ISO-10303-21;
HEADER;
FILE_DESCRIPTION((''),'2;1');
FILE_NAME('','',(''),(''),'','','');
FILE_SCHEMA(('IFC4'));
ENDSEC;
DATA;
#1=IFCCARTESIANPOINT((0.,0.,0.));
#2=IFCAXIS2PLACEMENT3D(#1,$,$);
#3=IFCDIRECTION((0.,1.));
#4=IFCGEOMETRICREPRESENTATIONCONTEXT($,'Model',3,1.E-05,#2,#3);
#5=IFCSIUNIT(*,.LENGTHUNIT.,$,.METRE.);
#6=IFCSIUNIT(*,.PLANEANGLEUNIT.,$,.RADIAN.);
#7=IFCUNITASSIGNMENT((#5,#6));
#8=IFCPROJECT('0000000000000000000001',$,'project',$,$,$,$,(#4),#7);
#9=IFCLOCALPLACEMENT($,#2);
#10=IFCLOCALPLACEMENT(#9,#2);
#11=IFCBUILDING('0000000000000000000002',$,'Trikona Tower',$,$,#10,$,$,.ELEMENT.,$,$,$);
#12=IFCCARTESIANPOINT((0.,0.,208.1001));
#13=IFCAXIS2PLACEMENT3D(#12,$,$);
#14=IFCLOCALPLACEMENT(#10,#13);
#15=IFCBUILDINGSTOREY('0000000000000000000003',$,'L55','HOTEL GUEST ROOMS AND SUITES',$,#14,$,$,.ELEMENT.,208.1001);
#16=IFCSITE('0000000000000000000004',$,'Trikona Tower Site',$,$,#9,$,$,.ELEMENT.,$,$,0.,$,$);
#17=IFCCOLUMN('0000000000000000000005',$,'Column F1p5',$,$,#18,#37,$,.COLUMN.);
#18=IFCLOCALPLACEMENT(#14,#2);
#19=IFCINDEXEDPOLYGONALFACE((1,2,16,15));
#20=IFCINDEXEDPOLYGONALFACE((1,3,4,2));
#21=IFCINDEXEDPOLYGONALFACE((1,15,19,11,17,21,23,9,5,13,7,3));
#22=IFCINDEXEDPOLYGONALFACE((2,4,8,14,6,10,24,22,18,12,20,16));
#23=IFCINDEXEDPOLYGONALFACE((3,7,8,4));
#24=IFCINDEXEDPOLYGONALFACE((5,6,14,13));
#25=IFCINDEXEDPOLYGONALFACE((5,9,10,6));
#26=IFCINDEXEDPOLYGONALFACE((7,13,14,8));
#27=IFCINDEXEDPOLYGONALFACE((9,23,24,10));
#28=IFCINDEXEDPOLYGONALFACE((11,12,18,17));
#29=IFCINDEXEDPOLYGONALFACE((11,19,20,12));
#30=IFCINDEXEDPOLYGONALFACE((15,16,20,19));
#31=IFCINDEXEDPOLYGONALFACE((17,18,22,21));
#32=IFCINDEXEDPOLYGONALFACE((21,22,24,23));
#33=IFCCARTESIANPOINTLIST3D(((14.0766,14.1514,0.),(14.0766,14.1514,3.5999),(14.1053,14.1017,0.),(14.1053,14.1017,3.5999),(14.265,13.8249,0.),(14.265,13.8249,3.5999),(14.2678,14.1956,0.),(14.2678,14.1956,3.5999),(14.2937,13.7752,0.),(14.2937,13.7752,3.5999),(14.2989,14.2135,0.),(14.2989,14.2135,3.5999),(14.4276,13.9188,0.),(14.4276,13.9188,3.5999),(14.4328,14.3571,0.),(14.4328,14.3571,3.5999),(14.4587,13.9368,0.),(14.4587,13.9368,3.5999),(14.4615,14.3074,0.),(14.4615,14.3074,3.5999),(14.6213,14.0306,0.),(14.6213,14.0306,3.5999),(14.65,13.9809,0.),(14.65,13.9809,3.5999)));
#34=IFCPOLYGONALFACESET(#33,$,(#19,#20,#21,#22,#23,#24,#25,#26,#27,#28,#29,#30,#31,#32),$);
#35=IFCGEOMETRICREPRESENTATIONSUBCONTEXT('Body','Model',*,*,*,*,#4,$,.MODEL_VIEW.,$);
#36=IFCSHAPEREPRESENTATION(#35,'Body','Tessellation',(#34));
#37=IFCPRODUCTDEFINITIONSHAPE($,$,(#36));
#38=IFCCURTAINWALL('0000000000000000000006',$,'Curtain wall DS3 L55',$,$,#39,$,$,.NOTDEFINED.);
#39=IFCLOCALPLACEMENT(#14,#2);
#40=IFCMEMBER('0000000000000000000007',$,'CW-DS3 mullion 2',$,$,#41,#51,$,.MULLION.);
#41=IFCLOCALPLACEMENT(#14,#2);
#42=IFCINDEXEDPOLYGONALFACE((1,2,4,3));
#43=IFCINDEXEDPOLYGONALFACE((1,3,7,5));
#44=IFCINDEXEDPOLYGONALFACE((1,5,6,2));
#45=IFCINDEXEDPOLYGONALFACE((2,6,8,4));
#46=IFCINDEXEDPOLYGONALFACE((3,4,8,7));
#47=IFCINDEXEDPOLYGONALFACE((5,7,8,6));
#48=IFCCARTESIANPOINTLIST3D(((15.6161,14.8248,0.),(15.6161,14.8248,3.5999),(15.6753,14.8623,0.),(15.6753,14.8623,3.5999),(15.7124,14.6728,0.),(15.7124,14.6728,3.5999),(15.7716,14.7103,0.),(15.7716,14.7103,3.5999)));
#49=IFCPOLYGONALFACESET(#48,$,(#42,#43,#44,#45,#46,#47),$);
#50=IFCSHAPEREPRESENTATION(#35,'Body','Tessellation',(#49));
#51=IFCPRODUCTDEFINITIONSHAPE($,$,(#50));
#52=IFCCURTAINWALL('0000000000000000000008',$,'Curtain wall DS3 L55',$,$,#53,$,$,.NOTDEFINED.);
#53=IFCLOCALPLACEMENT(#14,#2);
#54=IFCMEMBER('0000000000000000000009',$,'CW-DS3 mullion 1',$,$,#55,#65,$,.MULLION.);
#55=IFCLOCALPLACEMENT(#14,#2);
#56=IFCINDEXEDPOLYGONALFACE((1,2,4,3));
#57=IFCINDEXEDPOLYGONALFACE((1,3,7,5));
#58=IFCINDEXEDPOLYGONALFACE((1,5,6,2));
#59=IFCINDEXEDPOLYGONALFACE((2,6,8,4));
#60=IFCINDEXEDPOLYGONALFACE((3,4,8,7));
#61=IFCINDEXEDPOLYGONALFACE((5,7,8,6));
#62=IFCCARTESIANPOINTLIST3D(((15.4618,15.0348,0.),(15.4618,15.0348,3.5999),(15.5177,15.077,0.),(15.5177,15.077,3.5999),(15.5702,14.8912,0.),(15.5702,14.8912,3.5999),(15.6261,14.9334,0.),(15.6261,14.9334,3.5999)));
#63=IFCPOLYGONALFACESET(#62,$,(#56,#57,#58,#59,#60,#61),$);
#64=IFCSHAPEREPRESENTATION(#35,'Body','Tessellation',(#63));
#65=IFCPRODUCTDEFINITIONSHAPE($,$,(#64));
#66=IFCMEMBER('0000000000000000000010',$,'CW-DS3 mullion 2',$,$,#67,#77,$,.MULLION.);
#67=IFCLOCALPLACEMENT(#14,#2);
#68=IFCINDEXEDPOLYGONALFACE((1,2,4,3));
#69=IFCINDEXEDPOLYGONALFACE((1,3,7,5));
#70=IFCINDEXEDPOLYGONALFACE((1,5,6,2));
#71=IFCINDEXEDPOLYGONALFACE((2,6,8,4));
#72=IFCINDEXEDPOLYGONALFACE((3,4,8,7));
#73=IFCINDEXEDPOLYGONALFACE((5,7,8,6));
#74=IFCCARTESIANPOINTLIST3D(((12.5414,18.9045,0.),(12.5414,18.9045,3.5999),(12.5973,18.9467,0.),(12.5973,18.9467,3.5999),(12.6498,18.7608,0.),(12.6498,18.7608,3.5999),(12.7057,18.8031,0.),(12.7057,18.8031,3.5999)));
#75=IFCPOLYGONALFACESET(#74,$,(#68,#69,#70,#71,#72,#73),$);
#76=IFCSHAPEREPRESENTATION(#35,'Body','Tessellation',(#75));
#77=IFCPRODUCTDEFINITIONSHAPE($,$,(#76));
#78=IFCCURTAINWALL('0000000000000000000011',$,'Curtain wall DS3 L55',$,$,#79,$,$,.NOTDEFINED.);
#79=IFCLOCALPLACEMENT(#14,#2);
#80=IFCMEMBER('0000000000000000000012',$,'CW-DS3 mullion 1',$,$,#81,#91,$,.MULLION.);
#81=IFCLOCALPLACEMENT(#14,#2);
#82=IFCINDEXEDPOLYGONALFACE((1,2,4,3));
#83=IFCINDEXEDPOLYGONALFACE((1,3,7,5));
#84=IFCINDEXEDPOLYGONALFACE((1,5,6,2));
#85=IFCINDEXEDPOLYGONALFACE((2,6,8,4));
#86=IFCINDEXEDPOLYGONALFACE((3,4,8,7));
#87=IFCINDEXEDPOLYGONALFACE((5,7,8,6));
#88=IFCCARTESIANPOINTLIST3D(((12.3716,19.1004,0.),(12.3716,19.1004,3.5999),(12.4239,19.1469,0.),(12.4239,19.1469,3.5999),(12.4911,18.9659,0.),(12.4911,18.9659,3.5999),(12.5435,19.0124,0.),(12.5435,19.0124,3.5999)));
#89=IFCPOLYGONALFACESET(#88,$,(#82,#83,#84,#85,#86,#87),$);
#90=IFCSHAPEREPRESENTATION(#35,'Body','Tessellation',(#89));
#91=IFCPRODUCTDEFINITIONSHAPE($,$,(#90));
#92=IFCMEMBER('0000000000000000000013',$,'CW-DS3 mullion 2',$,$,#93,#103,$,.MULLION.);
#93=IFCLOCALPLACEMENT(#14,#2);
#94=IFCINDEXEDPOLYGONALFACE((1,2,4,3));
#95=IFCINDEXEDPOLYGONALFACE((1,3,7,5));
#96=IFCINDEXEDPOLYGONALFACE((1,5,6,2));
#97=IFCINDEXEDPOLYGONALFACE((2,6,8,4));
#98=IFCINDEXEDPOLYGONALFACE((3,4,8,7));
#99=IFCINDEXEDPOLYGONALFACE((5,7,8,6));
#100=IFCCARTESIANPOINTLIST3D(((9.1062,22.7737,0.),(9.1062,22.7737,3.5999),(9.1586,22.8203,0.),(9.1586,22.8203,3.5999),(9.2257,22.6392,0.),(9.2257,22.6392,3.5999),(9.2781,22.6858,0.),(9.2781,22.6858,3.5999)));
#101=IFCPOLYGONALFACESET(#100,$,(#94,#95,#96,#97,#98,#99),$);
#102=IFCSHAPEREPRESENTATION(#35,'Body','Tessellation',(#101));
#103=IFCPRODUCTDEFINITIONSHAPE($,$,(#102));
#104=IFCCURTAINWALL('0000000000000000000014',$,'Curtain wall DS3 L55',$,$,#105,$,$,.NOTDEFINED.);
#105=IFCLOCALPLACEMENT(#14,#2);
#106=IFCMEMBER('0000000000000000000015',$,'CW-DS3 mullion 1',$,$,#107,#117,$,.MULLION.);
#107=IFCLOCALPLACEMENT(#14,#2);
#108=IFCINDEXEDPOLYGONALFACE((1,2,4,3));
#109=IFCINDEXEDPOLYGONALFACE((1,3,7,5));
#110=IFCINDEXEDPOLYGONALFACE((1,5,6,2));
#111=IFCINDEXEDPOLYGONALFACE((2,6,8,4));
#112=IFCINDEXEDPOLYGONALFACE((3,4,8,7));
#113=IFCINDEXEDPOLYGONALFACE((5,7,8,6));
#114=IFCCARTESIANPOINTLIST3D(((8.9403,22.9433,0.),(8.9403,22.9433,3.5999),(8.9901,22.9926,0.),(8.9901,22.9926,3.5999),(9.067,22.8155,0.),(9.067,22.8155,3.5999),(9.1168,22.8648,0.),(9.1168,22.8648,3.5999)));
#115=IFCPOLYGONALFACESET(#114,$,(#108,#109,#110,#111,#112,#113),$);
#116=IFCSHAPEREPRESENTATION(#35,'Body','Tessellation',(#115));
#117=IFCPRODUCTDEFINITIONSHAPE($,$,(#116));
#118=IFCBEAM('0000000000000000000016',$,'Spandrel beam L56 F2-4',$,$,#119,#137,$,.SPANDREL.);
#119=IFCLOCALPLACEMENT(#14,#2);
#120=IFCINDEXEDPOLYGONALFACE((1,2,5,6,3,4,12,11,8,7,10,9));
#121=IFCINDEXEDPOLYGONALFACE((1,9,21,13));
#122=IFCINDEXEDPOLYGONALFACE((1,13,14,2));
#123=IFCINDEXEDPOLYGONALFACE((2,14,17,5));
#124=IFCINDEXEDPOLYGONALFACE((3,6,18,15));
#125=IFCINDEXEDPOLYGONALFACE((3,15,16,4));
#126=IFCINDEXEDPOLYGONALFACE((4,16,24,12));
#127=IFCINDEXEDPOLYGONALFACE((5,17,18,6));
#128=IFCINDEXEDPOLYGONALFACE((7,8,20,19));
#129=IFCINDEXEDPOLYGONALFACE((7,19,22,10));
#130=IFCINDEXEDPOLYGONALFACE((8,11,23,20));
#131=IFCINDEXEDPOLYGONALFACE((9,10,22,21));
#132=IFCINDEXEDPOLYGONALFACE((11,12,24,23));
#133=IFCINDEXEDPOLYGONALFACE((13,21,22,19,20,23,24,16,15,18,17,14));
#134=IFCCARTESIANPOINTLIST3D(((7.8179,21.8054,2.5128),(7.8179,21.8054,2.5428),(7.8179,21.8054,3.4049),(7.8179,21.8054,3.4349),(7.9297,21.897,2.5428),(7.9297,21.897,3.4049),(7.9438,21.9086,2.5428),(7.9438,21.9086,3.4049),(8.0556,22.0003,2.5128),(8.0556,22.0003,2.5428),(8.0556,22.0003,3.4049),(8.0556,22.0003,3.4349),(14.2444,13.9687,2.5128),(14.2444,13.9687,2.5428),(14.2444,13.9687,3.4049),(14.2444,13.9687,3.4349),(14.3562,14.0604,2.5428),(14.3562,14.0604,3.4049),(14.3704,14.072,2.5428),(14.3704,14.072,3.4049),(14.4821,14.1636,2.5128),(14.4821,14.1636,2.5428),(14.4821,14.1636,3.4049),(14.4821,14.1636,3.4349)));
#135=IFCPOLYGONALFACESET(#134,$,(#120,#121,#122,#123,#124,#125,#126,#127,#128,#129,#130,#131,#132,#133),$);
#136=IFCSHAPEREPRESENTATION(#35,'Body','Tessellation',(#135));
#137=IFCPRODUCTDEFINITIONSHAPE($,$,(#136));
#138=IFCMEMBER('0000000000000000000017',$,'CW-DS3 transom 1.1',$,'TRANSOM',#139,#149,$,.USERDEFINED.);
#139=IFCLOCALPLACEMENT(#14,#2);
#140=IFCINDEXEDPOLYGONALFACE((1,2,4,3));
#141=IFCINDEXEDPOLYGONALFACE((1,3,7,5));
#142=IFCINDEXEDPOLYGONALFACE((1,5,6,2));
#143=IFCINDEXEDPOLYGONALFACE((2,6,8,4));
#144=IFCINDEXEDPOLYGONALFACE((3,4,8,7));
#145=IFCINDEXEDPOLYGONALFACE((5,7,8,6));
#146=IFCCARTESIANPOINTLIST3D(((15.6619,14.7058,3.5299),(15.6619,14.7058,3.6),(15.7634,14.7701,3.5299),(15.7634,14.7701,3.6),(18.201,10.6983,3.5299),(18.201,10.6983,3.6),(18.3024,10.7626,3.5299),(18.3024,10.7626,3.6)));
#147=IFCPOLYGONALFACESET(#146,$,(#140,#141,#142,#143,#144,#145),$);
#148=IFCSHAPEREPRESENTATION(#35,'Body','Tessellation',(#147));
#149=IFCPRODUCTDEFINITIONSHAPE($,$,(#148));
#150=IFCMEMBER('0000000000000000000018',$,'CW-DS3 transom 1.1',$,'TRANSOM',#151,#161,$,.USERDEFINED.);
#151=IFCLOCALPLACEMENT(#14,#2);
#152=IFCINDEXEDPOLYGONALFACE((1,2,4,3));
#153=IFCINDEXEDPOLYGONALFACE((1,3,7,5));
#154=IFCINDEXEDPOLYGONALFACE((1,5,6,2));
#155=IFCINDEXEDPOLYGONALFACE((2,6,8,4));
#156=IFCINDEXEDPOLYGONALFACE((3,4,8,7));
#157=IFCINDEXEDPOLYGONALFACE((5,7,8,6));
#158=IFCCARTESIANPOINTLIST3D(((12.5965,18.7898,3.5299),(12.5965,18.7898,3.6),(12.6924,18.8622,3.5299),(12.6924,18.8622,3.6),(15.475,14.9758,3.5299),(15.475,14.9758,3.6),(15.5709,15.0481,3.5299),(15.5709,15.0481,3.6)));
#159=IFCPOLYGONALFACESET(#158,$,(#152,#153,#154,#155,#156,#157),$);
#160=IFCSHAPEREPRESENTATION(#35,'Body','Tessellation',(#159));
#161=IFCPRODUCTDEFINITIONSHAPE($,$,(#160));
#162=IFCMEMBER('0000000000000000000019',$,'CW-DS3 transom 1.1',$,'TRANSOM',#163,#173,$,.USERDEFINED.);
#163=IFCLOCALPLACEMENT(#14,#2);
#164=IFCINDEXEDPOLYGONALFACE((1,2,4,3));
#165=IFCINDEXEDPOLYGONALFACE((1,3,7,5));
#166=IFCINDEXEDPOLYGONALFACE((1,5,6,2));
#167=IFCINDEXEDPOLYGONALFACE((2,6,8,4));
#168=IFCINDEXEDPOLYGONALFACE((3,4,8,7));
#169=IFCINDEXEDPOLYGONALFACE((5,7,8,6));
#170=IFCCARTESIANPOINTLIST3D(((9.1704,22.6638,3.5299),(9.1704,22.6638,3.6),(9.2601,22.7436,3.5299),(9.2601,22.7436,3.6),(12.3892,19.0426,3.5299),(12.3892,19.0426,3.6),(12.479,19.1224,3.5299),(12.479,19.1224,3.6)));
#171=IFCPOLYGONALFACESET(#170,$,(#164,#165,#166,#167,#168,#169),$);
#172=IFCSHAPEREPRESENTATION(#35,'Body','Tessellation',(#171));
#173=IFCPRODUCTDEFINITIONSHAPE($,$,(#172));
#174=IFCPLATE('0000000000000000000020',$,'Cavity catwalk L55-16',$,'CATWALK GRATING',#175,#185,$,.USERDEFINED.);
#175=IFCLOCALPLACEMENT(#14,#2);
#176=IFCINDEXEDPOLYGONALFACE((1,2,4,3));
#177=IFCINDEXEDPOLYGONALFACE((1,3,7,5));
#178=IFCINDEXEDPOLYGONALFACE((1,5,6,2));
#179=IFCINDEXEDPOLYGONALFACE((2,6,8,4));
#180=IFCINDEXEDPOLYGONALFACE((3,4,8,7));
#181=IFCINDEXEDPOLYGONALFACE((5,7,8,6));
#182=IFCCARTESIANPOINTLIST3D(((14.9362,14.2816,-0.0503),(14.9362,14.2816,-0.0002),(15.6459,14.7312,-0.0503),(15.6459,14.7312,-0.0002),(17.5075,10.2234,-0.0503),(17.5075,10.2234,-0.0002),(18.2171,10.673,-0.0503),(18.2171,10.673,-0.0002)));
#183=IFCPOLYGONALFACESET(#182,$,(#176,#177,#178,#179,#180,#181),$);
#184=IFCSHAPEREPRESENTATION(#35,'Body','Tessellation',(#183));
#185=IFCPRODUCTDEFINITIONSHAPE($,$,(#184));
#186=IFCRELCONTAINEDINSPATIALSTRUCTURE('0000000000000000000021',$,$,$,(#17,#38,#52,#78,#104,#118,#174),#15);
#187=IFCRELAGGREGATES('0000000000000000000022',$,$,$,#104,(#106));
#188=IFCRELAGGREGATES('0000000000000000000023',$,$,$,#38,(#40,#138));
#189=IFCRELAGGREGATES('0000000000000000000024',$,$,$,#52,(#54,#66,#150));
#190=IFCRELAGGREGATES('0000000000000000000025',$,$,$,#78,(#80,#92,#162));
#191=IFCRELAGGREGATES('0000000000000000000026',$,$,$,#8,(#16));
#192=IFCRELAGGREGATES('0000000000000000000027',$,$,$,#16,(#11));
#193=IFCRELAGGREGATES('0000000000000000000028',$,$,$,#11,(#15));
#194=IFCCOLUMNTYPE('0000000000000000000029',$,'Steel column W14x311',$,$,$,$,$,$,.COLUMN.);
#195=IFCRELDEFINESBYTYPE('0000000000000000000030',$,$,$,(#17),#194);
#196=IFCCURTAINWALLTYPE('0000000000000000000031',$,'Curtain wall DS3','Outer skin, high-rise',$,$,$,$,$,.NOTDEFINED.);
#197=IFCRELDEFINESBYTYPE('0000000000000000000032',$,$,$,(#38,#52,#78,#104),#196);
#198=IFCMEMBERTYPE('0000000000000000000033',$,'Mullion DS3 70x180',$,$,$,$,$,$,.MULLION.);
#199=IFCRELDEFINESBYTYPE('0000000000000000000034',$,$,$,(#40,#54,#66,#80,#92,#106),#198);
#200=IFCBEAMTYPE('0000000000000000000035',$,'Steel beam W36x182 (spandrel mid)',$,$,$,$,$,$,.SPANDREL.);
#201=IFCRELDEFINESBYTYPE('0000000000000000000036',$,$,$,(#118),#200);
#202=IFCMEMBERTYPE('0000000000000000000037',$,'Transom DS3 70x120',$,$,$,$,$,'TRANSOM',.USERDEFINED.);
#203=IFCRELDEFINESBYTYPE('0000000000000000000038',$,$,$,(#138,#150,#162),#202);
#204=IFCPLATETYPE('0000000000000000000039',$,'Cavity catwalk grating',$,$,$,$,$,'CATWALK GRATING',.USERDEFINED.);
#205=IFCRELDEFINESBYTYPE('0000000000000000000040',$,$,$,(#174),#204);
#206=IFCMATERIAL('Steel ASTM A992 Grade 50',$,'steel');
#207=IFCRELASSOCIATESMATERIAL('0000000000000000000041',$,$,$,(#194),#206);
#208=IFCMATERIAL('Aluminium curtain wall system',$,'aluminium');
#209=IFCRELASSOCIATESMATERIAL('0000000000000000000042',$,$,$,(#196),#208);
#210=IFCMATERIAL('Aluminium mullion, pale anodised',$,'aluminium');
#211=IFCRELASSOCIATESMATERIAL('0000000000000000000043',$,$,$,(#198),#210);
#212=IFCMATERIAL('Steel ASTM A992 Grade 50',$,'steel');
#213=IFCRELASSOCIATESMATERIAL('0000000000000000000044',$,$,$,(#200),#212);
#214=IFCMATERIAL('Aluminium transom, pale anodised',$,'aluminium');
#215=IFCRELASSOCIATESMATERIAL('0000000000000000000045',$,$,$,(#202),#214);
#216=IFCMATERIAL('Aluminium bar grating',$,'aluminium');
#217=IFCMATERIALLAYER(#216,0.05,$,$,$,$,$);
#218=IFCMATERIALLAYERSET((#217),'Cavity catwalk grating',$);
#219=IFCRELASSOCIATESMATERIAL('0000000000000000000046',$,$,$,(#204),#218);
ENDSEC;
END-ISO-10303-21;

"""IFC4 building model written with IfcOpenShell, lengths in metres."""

from ifc_helpers import new_model, si_unit, direction, frame, origin, origin_2d, place, context, subcontext, project, spatial, rectangle, i_section, extrude, material, layer, layer_set, material_profile, profile_set, type_object, element, aggregate, save


model = new_model("IFC4")

# Units and contexts
model_context = context("Model", 3, precision=1e-05, world=origin(), true_north=direction((0.0, 1.0)))
body_context = subcontext(model_context, "Body", "Model", "MODEL_VIEW")
ifc_project = project(units=[si_unit("LENGTHUNIT", "METRE"), si_unit("PLANEANGLEUNIT", "RADIAN")], contexts=[model_context])

# Site, building, storey
site_placement = place(None, origin())
site = spatial("IfcSite", under=ifc_project, at=site_placement, Name="Trikona Tower Site", CompositionType="ELEMENT", RefElevation=0.0)
building_placement = place(site_placement, origin())
building = spatial("IfcBuilding", under=site, at=building_placement, Name="Trikona Tower", CompositionType="ELEMENT")
storey_placement = place(building_placement, frame((0.0, 0.0, 208.1001)))
storey = spatial("IfcBuildingStorey", under=building, at=storey_placement, Name="L55", Description="HOTEL GUEST ROOMS AND SUITES", CompositionType="ELEMENT", Elevation=208.1001)

# Column
ifc_material_1 = material(Name="Steel ASTM A992 Grade 50", Category="steel")
ifc_material_profile_1 = material_profile(ifc_material_1, i_section(OverallWidth=0.4114, OverallDepth=0.4343, WebThickness=0.0359, FlangeThickness=0.0574, at=origin_2d()), Name="W14X311")
ifc_profile_set_1 = profile_set([ifc_material_profile_1], Name="Steel ASTM A992 Grade 50")
column_type = type_object("IfcColumnType", Name="Steel column W14x311", PredefinedType="COLUMN", material=ifc_profile_set_1)
column_placement = place(storey_placement, frame((14.3633, 14.0662, 0.0), z_axis=(0.0, 0.0, 1.0), x_axis=(0.866025, 0.5, 0.0)))
element("IfcColumn", 1, at=column_placement, inside=storey, type_object=column_type, Name="Column F1p5", PredefinedType="COLUMN", context=body_context, shape_type="SweptSolid", body=[
    extrude(i_section(OverallWidth=0.4114, OverallDepth=0.4343, WebThickness=0.0359, FlangeThickness=0.0574, at=origin_2d()), origin(), (0.0, 0.0, 1.0), 3.5999),
])

# Curtain wall, member
ifc_material_2 = material(Name="Aluminium curtain wall system", Category="aluminium")
curtain_wall_type = type_object("IfcCurtainWallType", Name="Curtain wall DS3", Description="Outer skin, high-rise", PredefinedType="NOTDEFINED", material=ifc_material_2)
curtain_wall_1_placement = place(storey_placement, origin())
curtain_wall_1 = element("IfcCurtainWall", 2, at=curtain_wall_1_placement, inside=storey, type_object=curtain_wall_type, Name="Curtain wall DS3 L55", PredefinedType="NOTDEFINED")
ifc_material_3 = material(Name="Aluminium mullion, pale anodised", Category="aluminium")
ifc_material_profile_2 = material_profile(ifc_material_3, rectangle(XDim=0.0701, YDim=0.1799, at=origin_2d()), Name="MUL-DS3")
ifc_profile_set_2 = profile_set([ifc_material_profile_2], Name="Aluminium mullion, pale anodised")
member_type_1 = type_object("IfcMemberType", Name="Mullion DS3 70x180", PredefinedType="MULLION", material=ifc_profile_set_2)
member_1_placement = place(storey_placement, frame((15.6938, 14.7676, 0.0), z_axis=(0.0, 0.0, 1.0), x_axis=(-0.844727, -0.535197, 0.0)))
member_1 = element("IfcMember", 3, at=member_1_placement, type_object=member_type_1, Name="CW-DS3 mullion 2", PredefinedType="MULLION", context=body_context, shape_type="SweptSolid", body=[
    extrude(rectangle(XDim=0.0701, YDim=0.1799, at=origin_2d()), origin(), (0.0, 0.0, 1.0), 3.5999),
])

# Curtain walls, members
curtain_wall_2_placement = place(storey_placement, origin())
curtain_wall_2 = element("IfcCurtainWall", 4, at=curtain_wall_2_placement, inside=storey, type_object=curtain_wall_type, Name="Curtain wall DS3 L55", PredefinedType="NOTDEFINED")
member_2_placement = place(storey_placement, frame((15.5439, 14.9841, 0.0), z_axis=(0.0, 0.0, 1.0), x_axis=(-0.798193, -0.602402, 0.0)))
member_2 = element("IfcMember", 5, at=member_2_placement, type_object=member_type_1, Name="CW-DS3 mullion 1", PredefinedType="MULLION", context=body_context, shape_type="SweptSolid", body=[
    extrude(rectangle(XDim=0.0701, YDim=0.1799, at=origin_2d()), origin(), (0.0, 0.0, 1.0), 3.5999),
])
member_3_placement = place(storey_placement, frame((12.6235, 18.8538, 0.0), z_axis=(0.0, 0.0, 1.0), x_axis=(-0.798193, -0.602402, 0.0)))
member_3 = element("IfcMember", 6, at=member_3_placement, type_object=member_type_1, Name="CW-DS3 mullion 2", PredefinedType="MULLION", context=body_context, shape_type="SweptSolid", body=[
    extrude(rectangle(XDim=0.0701, YDim=0.1799, at=origin_2d()), origin(), (0.0, 0.0, 1.0), 3.5999),
])
curtain_wall_3_placement = place(storey_placement, origin())
curtain_wall_3 = element("IfcCurtainWall", 7, at=curtain_wall_3_placement, inside=storey, type_object=curtain_wall_type, Name="Curtain wall DS3 L55", PredefinedType="NOTDEFINED")
member_4_placement = place(storey_placement, frame((12.4575, 19.0564, 0.0), z_axis=(0.0, 0.0, 1.0), x_axis=(-0.747403, -0.664371, 0.0)))
member_4 = element("IfcMember", 8, at=member_4_placement, type_object=member_type_1, Name="CW-DS3 mullion 1", PredefinedType="MULLION", context=body_context, shape_type="SweptSolid", body=[
    extrude(rectangle(XDim=0.0701, YDim=0.1799, at=origin_2d()), origin(), (0.0, 0.0, 1.0), 3.5999),
])
member_5_placement = place(storey_placement, frame((9.1921, 22.7297, 0.0), z_axis=(0.0, 0.0, 1.0), x_axis=(-0.747403, -0.664371, 0.0)))
member_5 = element("IfcMember", 9, at=member_5_placement, type_object=member_type_1, Name="CW-DS3 mullion 2", PredefinedType="MULLION", context=body_context, shape_type="SweptSolid", body=[
    extrude(rectangle(XDim=0.0701, YDim=0.1799, at=origin_2d()), origin(), (0.0, 0.0, 1.0), 3.5999),
])

# Curtain wall, member
curtain_wall_4_placement = place(storey_placement, origin())
curtain_wall_4 = element("IfcCurtainWall", 10, at=curtain_wall_4_placement, inside=storey, type_object=curtain_wall_type, Name="Curtain wall DS3 L55", PredefinedType="NOTDEFINED")
member_6_placement = place(storey_placement, frame((9.0286, 22.9041, 0.0), z_axis=(0.0, 0.0, 1.0), x_axis=(-0.710052, -0.704149, 0.0)))
member_6 = element("IfcMember", 11, at=member_6_placement, type_object=member_type_1, Name="CW-DS3 mullion 1", PredefinedType="MULLION", context=body_context, shape_type="SweptSolid", body=[
    extrude(rectangle(XDim=0.0701, YDim=0.1799, at=origin_2d()), origin(), (0.0, 0.0, 1.0), 3.5999),
])
aggregate(curtain_wall_4, [member_6])

# Beam
ifc_material_4 = material(Name="Steel ASTM A992 Grade 50", Category="steel")
ifc_material_profile_3 = material_profile(ifc_material_4, i_section(OverallWidth=0.3074, OverallDepth=0.9221, WebThickness=0.0183, FlangeThickness=0.03, at=origin_2d()), Name="W36X182")
ifc_profile_set_3 = profile_set([ifc_material_profile_3], Name="Steel ASTM A992 Grade 50")
beam_type = type_object("IfcBeamType", Name="Steel beam W36x182 (spandrel mid)", PredefinedType="SPANDREL", material=ifc_profile_set_3)
beam_placement = place(storey_placement, frame((14.3633, 14.0662, 2.9739), z_axis=(-0.634106, 0.773246, 0.0), x_axis=(-0.773246, -0.634106, 0.0)))
element("IfcBeam", 12, at=beam_placement, inside=storey, type_object=beam_type, Name="Spandrel beam L56 F2-4", PredefinedType="SPANDREL", context=body_context, shape_type="SweptSolid", body=[
    extrude(i_section(OverallWidth=0.3074, OverallDepth=0.9221, WebThickness=0.0183, FlangeThickness=0.03, at=origin_2d()), origin(), (0.0, 0.0, 1.0), 10.1348),
])

# Members
ifc_material_5 = material(Name="Aluminium transom, pale anodised", Category="aluminium")
ifc_material_profile_4 = material_profile(ifc_material_5, rectangle(XDim=0.1201, YDim=0.0701, at=origin_2d()), Name="TRN-DS3")
ifc_profile_set_4 = profile_set([ifc_material_profile_4], Name="Aluminium transom, pale anodised")
member_type_2 = type_object("IfcMemberType", Name="Transom DS3 70x120", ElementType="TRANSOM", PredefinedType="USERDEFINED", material=ifc_profile_set_4)
member_7_placement = place(storey_placement, frame((18.2517, 10.7305, 3.5649), z_axis=(-0.535193, 0.84473, 0.0), x_axis=(-0.84473, -0.535193, 0.0)))
member_7 = element("IfcMember", 13, at=member_7_placement, type_object=member_type_2, Name="CW-DS3 transom 1.1", ObjectType="TRANSOM", PredefinedType="USERDEFINED", context=body_context, shape_type="SweptSolid", body=[
    extrude(rectangle(XDim=0.1201, YDim=0.0701, at=origin_2d()), origin(), (0.0, 0.0, 1.0), 4.7441),
])
member_8_placement = place(storey_placement, frame((15.5229, 15.012, 3.5649), z_axis=(-0.602401, 0.798194, 0.0), x_axis=(-0.798194, -0.602401, 0.0)))
member_8 = element("IfcMember", 14, at=member_8_placement, type_object=member_type_2, Name="CW-DS3 transom 1.1", ObjectType="TRANSOM", PredefinedType="USERDEFINED", context=body_context, shape_type="SweptSolid", body=[
    extrude(rectangle(XDim=0.1201, YDim=0.0701, at=origin_2d()), origin(), (0.0, 0.0, 1.0), 4.7783),
])
member_9_placement = place(storey_placement, frame((12.4341, 19.0825, 3.5649), z_axis=(-0.664364, 0.747409, 0.0), x_axis=(-0.747409, -0.664364, 0.0)))
member_9 = element("IfcMember", 15, at=member_9_placement, type_object=member_type_2, Name="CW-DS3 transom 1.1", ObjectType="TRANSOM", PredefinedType="USERDEFINED", context=body_context, shape_type="SweptSolid", body=[
    extrude(rectangle(XDim=0.1201, YDim=0.0701, at=origin_2d()), origin(), (0.0, 0.0, 1.0), 4.845),
])

# Plate
ifc_material_6 = material(Name="Aluminium bar grating", Category="aluminium")
ifc_layer_1 = layer(ifc_material_6, 0.05)
ifc_layer_set_1 = layer_set([ifc_layer_1], Name="Cavity catwalk grating")
plate_type_1 = type_object("IfcPlateType", Name="Cavity catwalk grating", ElementType="CATWALK GRATING", PredefinedType="USERDEFINED", material=ifc_layer_set_1)
plate_1_placement = place(storey_placement, frame((16.5767, 12.4773, -0.0503), z_axis=(0.0, 0.0, 1.0), x_axis=(-0.535205, 0.844722, 0.0)))
element("IfcPlate", 16, at=plate_1_placement, inside=storey, type_object=plate_type_1, Name="Cavity catwalk L55-16", ObjectType="CATWALK GRATING", PredefinedType="USERDEFINED", context=body_context, shape_type="SweptSolid", body=[
    extrude(rectangle(XDim=4.8042, YDim=0.8401, at=origin_2d()), origin(), (0.0, 0.0, 1.0), 0.05),
])

aggregate(curtain_wall_1, [member_1, member_7])
aggregate(curtain_wall_2, [member_2, member_3, member_8])
aggregate(curtain_wall_3, [member_4, member_5, member_9])

save(model, "model.ifc")
